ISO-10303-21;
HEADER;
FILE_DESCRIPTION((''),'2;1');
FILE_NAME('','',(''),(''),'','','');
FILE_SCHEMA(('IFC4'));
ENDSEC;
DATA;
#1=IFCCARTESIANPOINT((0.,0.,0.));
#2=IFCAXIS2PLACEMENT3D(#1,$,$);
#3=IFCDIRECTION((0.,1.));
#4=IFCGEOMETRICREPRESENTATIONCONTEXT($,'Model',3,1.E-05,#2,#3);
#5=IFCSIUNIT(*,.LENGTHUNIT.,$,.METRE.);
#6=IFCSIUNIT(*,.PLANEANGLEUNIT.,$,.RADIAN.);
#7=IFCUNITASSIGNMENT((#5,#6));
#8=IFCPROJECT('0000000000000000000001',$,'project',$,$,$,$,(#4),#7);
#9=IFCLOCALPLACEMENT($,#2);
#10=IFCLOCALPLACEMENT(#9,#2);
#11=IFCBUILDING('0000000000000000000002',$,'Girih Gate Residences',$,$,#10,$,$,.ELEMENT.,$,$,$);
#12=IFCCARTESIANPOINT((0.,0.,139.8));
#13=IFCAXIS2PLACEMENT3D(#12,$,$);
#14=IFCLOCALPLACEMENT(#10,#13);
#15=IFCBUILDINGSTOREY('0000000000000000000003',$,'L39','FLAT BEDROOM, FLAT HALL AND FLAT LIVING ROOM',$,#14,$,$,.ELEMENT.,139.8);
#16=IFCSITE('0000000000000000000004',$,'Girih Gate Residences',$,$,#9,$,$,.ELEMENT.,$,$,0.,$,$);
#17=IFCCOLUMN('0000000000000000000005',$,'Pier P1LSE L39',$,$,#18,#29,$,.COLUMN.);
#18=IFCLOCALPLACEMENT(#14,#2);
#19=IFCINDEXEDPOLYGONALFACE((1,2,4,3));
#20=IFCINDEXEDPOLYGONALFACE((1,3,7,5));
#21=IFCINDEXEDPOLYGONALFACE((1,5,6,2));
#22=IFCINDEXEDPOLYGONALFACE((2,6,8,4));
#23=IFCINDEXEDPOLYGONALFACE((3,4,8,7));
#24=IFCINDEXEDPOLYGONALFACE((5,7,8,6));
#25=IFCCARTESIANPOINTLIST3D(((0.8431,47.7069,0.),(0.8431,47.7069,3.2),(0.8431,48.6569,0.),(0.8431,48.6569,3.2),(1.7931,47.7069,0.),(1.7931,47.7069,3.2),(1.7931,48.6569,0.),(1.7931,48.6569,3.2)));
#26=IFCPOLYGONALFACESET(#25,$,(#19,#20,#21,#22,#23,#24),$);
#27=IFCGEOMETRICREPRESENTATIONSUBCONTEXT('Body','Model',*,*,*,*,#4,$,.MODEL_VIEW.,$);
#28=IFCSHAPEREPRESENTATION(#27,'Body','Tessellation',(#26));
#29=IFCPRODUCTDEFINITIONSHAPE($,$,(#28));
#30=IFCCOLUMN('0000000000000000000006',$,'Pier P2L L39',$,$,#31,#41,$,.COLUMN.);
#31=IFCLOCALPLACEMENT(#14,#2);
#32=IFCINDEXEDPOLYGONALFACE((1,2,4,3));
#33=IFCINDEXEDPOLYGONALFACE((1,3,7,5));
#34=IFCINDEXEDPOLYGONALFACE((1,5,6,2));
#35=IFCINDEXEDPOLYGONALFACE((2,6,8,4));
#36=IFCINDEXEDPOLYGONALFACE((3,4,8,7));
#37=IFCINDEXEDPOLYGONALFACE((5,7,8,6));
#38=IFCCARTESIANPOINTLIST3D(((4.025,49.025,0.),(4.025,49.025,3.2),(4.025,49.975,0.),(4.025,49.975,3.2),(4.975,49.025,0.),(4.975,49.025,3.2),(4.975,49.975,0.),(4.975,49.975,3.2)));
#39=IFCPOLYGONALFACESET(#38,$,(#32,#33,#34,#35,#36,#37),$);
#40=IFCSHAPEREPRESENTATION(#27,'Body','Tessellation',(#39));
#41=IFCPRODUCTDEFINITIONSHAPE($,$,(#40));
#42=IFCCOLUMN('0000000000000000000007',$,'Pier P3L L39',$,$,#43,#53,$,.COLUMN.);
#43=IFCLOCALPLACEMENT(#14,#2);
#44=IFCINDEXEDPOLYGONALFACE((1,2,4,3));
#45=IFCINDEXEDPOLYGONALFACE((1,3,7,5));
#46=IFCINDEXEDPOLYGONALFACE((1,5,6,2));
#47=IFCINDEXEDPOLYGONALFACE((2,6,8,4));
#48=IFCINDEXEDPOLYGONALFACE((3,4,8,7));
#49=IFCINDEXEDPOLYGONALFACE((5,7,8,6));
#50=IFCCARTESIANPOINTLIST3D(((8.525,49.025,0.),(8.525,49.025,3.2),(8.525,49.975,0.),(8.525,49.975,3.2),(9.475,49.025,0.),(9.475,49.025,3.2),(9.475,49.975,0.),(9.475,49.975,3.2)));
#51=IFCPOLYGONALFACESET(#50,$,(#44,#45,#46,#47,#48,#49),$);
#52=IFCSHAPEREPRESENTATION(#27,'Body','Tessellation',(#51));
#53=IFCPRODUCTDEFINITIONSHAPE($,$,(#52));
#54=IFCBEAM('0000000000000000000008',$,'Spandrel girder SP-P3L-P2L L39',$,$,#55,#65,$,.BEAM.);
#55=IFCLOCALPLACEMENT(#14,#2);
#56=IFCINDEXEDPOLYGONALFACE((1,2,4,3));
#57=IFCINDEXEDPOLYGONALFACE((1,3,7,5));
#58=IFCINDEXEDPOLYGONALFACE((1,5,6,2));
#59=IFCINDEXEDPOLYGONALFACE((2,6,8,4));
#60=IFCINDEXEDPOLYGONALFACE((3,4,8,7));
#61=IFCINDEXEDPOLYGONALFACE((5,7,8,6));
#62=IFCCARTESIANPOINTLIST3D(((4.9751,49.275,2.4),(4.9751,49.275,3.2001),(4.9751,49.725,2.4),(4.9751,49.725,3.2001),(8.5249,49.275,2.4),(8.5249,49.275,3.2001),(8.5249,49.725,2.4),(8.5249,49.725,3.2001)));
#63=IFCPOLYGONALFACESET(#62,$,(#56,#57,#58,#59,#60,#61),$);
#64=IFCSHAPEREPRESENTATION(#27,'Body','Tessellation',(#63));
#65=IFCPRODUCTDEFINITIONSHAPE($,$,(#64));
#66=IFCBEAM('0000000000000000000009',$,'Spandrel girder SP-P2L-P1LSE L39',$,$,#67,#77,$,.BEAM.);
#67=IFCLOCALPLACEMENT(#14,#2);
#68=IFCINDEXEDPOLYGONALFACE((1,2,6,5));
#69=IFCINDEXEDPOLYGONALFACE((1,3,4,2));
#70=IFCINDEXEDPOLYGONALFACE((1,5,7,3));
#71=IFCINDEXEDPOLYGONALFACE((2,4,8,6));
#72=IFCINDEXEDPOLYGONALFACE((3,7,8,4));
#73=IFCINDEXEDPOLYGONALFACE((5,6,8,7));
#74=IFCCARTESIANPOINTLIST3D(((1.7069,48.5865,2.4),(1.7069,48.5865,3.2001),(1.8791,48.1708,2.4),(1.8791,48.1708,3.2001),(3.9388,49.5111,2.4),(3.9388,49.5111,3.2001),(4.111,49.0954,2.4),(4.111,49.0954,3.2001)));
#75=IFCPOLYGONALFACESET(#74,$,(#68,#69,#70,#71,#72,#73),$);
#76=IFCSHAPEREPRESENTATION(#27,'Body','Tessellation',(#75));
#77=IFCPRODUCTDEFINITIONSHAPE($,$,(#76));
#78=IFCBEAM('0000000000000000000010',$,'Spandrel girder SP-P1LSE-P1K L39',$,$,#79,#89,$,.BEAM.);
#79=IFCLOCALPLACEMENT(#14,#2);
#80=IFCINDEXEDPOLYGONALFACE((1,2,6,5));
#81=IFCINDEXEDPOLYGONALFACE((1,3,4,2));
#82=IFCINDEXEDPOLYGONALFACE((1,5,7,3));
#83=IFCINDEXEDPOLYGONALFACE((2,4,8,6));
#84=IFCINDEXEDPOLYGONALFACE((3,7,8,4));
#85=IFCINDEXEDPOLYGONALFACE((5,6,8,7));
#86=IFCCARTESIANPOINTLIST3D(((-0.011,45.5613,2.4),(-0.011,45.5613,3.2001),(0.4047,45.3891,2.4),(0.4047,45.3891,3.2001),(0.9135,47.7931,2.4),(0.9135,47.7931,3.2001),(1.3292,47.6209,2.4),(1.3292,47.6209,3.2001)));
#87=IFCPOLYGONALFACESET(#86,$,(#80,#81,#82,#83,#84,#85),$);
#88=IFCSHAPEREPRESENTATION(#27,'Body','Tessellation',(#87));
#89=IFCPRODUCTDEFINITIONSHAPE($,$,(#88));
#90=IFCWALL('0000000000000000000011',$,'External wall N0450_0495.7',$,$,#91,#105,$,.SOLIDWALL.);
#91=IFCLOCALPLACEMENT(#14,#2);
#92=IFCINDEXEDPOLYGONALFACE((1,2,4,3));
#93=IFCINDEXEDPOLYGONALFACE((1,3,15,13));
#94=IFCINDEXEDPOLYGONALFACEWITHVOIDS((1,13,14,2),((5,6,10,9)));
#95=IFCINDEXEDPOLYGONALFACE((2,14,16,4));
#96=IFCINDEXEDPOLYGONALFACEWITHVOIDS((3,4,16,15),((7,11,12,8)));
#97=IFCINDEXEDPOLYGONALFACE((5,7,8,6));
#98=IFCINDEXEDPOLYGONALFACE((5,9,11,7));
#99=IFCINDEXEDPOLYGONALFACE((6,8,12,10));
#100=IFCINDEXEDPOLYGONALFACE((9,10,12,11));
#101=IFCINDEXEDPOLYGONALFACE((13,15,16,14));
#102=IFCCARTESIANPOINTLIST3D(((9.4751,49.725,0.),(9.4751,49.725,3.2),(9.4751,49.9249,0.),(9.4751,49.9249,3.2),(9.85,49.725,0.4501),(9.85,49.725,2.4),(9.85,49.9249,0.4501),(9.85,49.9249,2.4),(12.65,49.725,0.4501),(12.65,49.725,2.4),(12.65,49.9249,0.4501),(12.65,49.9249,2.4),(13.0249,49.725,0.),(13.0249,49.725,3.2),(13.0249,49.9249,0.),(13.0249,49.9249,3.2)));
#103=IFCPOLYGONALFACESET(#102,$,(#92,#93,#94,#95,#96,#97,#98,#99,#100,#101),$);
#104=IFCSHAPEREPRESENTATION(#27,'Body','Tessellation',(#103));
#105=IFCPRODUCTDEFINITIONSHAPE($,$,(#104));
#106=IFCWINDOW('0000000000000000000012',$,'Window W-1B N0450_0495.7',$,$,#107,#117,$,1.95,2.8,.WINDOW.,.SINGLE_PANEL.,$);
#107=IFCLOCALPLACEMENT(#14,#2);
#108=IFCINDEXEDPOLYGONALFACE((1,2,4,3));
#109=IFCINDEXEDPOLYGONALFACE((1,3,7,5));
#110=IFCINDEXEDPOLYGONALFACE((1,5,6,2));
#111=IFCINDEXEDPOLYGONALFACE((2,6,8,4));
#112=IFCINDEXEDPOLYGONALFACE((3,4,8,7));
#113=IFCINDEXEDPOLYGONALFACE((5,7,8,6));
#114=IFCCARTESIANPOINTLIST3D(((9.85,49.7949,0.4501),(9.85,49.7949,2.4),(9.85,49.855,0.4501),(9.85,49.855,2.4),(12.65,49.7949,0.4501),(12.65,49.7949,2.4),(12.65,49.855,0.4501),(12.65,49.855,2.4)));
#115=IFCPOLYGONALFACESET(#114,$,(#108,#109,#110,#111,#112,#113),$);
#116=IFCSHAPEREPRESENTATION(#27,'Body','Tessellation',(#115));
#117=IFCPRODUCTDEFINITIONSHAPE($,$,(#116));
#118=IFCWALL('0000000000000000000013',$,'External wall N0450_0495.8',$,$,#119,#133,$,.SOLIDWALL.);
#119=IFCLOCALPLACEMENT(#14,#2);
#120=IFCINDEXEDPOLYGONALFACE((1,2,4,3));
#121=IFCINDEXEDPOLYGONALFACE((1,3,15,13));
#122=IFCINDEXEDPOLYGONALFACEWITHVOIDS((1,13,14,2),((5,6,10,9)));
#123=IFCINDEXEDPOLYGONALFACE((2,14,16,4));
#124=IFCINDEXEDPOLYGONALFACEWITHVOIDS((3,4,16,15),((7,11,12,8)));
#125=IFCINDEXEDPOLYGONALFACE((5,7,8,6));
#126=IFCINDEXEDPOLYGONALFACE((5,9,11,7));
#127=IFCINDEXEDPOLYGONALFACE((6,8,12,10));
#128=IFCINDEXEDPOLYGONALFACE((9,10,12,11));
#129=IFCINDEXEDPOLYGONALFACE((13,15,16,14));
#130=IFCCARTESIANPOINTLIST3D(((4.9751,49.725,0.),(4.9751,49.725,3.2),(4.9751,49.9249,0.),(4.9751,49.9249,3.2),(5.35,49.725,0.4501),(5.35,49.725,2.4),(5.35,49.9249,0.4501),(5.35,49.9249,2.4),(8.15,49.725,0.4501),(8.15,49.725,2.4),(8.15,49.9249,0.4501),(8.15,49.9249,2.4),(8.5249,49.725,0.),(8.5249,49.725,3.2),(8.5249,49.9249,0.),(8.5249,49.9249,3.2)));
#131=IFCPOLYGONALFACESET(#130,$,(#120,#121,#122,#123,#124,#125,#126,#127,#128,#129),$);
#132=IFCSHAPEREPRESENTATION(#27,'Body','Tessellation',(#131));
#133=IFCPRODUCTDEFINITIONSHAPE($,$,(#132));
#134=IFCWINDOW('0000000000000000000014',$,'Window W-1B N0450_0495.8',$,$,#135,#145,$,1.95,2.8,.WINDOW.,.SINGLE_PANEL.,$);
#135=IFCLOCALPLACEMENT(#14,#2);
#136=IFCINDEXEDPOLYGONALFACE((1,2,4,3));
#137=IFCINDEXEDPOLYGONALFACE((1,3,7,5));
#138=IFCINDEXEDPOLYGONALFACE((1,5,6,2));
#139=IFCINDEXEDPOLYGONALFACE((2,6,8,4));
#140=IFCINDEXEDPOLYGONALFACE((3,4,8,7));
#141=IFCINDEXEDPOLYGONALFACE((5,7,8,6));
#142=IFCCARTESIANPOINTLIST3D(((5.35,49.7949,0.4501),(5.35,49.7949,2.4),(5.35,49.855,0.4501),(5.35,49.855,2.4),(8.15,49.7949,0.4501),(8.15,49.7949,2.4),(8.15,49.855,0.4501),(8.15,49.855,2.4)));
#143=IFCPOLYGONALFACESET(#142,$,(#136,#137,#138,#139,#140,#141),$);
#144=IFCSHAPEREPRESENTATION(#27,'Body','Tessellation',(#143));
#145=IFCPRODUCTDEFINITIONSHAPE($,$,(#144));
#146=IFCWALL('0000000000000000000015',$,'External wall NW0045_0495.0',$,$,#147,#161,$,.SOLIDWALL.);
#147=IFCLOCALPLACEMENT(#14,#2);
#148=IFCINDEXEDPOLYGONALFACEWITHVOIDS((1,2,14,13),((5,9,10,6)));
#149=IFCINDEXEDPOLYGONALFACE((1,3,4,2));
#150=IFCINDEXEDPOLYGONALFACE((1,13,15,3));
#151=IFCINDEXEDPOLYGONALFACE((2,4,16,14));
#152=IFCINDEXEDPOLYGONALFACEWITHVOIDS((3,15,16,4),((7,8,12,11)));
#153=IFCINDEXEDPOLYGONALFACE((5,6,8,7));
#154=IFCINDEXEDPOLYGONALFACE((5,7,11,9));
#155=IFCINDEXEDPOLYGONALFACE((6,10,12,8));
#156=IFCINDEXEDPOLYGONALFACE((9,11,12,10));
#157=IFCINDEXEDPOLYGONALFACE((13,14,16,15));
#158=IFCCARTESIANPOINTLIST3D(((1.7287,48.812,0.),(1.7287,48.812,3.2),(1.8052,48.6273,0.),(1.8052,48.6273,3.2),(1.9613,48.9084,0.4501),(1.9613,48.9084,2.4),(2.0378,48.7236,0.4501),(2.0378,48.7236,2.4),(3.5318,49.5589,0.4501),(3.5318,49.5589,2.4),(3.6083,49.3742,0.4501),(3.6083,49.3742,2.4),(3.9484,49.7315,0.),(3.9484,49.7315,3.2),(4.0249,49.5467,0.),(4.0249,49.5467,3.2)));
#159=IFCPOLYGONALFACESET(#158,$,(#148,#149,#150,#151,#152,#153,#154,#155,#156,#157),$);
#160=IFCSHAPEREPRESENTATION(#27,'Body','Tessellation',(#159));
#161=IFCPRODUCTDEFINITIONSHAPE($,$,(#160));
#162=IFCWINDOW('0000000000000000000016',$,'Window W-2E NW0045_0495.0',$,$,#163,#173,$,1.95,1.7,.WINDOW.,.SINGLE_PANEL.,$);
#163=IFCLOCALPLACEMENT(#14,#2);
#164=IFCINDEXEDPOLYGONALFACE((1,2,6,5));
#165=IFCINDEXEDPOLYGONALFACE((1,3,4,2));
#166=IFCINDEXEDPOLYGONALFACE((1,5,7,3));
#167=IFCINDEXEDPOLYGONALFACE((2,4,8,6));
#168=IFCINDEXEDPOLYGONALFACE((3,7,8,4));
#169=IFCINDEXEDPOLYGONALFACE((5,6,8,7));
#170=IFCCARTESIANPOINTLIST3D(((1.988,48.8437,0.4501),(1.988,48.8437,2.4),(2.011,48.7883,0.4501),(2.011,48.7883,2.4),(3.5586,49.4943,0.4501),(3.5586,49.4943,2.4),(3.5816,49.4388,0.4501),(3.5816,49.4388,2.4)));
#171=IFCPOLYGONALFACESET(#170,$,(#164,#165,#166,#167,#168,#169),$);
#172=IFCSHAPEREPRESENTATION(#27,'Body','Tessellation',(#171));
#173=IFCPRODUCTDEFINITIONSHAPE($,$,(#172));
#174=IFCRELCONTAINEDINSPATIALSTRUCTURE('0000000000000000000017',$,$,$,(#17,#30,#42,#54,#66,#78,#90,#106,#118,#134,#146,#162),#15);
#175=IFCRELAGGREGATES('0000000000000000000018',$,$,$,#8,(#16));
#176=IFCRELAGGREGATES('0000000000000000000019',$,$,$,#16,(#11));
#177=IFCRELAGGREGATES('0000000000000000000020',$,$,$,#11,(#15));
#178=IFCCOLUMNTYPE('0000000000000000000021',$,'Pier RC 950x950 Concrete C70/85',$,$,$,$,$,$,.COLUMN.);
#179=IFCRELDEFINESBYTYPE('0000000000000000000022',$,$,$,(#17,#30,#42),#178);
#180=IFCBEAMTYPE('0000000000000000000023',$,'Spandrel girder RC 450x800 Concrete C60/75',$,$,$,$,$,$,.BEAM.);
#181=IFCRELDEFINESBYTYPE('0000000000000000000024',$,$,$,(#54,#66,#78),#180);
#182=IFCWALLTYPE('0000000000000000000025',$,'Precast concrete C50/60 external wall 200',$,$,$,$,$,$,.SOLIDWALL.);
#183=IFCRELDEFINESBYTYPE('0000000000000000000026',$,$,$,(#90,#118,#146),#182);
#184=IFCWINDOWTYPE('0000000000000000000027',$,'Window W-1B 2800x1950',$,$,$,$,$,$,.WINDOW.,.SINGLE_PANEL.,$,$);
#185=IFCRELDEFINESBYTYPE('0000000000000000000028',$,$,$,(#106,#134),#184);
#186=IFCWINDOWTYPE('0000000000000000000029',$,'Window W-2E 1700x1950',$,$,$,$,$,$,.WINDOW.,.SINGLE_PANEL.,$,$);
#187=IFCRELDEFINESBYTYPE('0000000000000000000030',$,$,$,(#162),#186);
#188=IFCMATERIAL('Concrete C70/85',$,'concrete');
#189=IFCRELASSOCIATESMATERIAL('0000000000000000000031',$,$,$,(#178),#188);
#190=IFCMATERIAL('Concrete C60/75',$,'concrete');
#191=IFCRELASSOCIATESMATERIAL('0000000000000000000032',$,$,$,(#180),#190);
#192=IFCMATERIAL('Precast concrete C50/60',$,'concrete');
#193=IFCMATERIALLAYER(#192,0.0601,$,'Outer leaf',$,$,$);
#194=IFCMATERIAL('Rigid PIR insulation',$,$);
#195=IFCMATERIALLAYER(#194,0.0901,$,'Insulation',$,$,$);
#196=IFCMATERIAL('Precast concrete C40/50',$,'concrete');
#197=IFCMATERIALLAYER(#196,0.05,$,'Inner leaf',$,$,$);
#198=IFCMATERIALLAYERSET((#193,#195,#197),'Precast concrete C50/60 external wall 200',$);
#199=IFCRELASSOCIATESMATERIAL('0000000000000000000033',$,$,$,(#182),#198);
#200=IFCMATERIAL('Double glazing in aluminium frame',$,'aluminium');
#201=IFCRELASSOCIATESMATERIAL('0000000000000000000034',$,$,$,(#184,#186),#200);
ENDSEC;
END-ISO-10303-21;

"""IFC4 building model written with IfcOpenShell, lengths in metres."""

from ifc_helpers import new_model, si_unit, direction, frame, frame_2d, origin, origin_2d, place, context, subcontext, project, spatial, rectangle, extrude, material, layer, layer_set, material_profile, profile_set, type_object, element, fill, save


model = new_model("IFC4")

# Units and contexts
model_context = context("Model", 3, precision=1e-05, world=origin(), true_north=direction((0.0, 1.0)))
body_context = subcontext(model_context, "Body", "Model", "MODEL_VIEW")
ifc_project = project(units=[si_unit("LENGTHUNIT", "METRE"), si_unit("PLANEANGLEUNIT", "RADIAN")], contexts=[model_context])

# Site, building, storey
site_placement = place(None, origin())
site = spatial("IfcSite", under=ifc_project, at=site_placement, Name="Girih Gate Residences", CompositionType="ELEMENT", RefElevation=0.0)
building_placement = place(site_placement, origin())
building = spatial("IfcBuilding", under=site, at=building_placement, Name="Girih Gate Residences", CompositionType="ELEMENT")
storey_placement = place(building_placement, frame((0.0, 0.0, 139.8)))
storey = spatial("IfcBuildingStorey", under=building, at=storey_placement, Name="L39", Description="FLAT BEDROOM, FLAT HALL AND FLAT LIVING ROOM", CompositionType="ELEMENT", Elevation=139.8)

# Columns
ifc_material_1 = material(Name="Concrete C70/85", Category="concrete")
ifc_material_profile_1 = material_profile(ifc_material_1, rectangle(XDim=0.95, YDim=0.95, at=origin_2d()))
ifc_profile_set_1 = profile_set([ifc_material_profile_1], Name="Concrete C70/85")
column_type = type_object("IfcColumnType", Name="Pier RC 950x950 Concrete C70/85", PredefinedType="COLUMN", material=ifc_profile_set_1)
for number, where, z_axis, x_axis, name in (
    (1, (1.3181, 48.1819, 0.0), (0.0, 0.0, 1.0), (1.0, 0.0, 0.0), "Pier P1LSE L39"),
    (2, (4.5, 49.5, 0.0), (0.0, 0.0, 1.0), (1.0, 0.0, 0.0), "Pier P2L L39"),
    (3, (9.0, 49.5, 0.0), (0.0, 0.0, 1.0), (1.0, 0.0, 0.0), "Pier P3L L39"),
):
    element("IfcColumn", number, at=place(storey_placement, frame(where, z_axis=z_axis, x_axis=x_axis)), inside=storey, type_object=column_type, Name=name, PredefinedType="COLUMN", context=body_context, shape_type="SweptSolid", body=[
        extrude(rectangle(XDim=0.95, YDim=0.95, at=origin_2d()), origin(), (0.0, 0.0, 1.0), 3.2),
    ])

# Beams
ifc_material_2 = material(Name="Concrete C60/75", Category="concrete")
ifc_material_profile_2 = material_profile(ifc_material_2, rectangle(XDim=0.45, YDim=0.8, at=origin_2d()))
ifc_profile_set_2 = profile_set([ifc_material_profile_2], Name="Concrete C60/75")
beam_type = type_object("IfcBeamType", Name="Spandrel girder RC 450x800 Concrete C60/75", PredefinedType="BEAM", material=ifc_profile_set_2)
beam_placement = place(storey_placement, frame((8.5249, 49.5, 2.8), z_axis=(-1.0, 0.0, 0.0), x_axis=(0.0, -1.0, 0.0)))
element("IfcBeam", 4, at=beam_placement, inside=storey, type_object=beam_type, Name="Spandrel girder SP-P3L-P2L L39", PredefinedType="BEAM", context=body_context, shape_type="SweptSolid", body=[
    extrude(rectangle(XDim=0.45, YDim=0.8, at=origin_2d()), origin(), (0.0, 0.0, 1.0), 3.5498),
])
for number, where, z_axis, x_axis, name in (
    (5, (4.0249, 49.3032, 2.8), (-0.92387, -0.382706, 0.0), (0.382706, -0.92387, 0.0), "Spandrel girder SP-P2L-P1LSE L39"),
    (6, (1.1213, 47.707, 2.8), (-0.382706, -0.92387, 0.0), (0.92387, -0.382706, 0.0), "Spandrel girder SP-P1LSE-P1K L39"),
):
    element("IfcBeam", number, at=place(storey_placement, frame(where, z_axis=z_axis, x_axis=x_axis)), inside=storey, type_object=beam_type, Name=name, PredefinedType="BEAM", context=body_context, shape_type="SweptSolid", body=[
        extrude(rectangle(XDim=0.45, YDim=0.8, at=origin_2d()), origin(), (0.0, 0.0, 1.0), 2.4158),
    ])

# Walls, openings, windows
ifc_material_3 = material(Name="Precast concrete C50/60", Category="concrete")
ifc_layer_1 = layer(ifc_material_3, 0.0601, Name="Outer leaf")
ifc_material_4 = material(Name="Rigid PIR insulation")
ifc_layer_2 = layer(ifc_material_4, 0.0901, Name="Insulation")
ifc_material_5 = material(Name="Precast concrete C40/50", Category="concrete")
ifc_layer_3 = layer(ifc_material_5, 0.05, Name="Inner leaf")
ifc_layer_set = layer_set([ifc_layer_1, ifc_layer_2, ifc_layer_3], Name="Precast concrete C50/60 external wall 200")
wall_type = type_object("IfcWallType", Name="Precast concrete C50/60 external wall 200", PredefinedType="SOLIDWALL", material=ifc_layer_set)
wall_1_placement = place(storey_placement, frame((9.4751, 49.825, 0.0), z_axis=(0.0, 0.0, 1.0), x_axis=(1.0, 0.0, 0.0)))
wall_1 = element("IfcWall", 7, at=wall_1_placement, inside=storey, type_object=wall_type, Name="External wall N0450_0495.7", PredefinedType="SOLIDWALL", context=body_context, shape_type="SweptSolid", body=[
    extrude(rectangle(XDim=3.5498, YDim=0.2, at=frame_2d((1.7749, 0.0))), origin(), (0.0, 0.0, 1.0), 3.2),
])
opening_1_placement = place(wall_1_placement, frame((0.375, 0.0, 0.45)))
opening_1 = element("IfcOpeningElement", 8, at=opening_1_placement, cuts=wall_1, PredefinedType="OPENING", context=body_context, shape_type="SweptSolid", body=[
    extrude(rectangle(XDim=2.8, YDim=1.95, at=frame_2d((1.3999, 0.9751))), frame((0.0, 0.1099, 0.0), z_axis=(0.0, -1.0, 0.0), x_axis=(1.0, 0.0, 0.0)), (0.0, 0.0, 1.0), 0.22),
])
ifc_material_6 = material(Name="Double glazing in aluminium frame", Category="aluminium")
window_type_1 = type_object("IfcWindowType", Name="Window W-1B 2800x1950", PartitioningType="SINGLE_PANEL", PredefinedType="WINDOW", material=ifc_material_6)
window_1_placement = place(opening_1_placement, origin())
window_1 = element("IfcWindow", 9, at=window_1_placement, inside=storey, type_object=window_type_1, Name="Window W-1B N0450_0495.7", OverallHeight=1.95, OverallWidth=2.8, PartitioningType="SINGLE_PANEL", PredefinedType="WINDOW", context=body_context, shape_type="SweptSolid", body=[
    extrude(rectangle(XDim=2.8, YDim=1.95, at=frame_2d((1.3999, 0.9751))), frame((0.0, 0.03, 0.0), z_axis=(0.0, -1.0, 0.0), x_axis=(1.0, 0.0, 0.0)), (0.0, 0.0, 1.0), 0.0601),
])
fill(opening_1, window_1)
wall_2_placement = place(storey_placement, frame((4.9751, 49.825, 0.0), z_axis=(0.0, 0.0, 1.0), x_axis=(1.0, 0.0, 0.0)))
wall_2 = element("IfcWall", 10, at=wall_2_placement, inside=storey, type_object=wall_type, Name="External wall N0450_0495.8", PredefinedType="SOLIDWALL", context=body_context, shape_type="SweptSolid", body=[
    extrude(rectangle(XDim=3.5498, YDim=0.2, at=frame_2d((1.7749, 0.0))), origin(), (0.0, 0.0, 1.0), 3.2),
])
opening_2_placement = place(wall_2_placement, frame((0.375, 0.0, 0.45)))
opening_2 = element("IfcOpeningElement", 11, at=opening_2_placement, cuts=wall_2, PredefinedType="OPENING", context=body_context, shape_type="SweptSolid", body=[
    extrude(rectangle(XDim=2.8, YDim=1.95, at=frame_2d((1.3999, 0.9751))), frame((0.0, 0.1099, 0.0), z_axis=(0.0, -1.0, 0.0), x_axis=(1.0, 0.0, 0.0)), (0.0, 0.0, 1.0), 0.22),
])
window_2_placement = place(opening_2_placement, origin())
window_2 = element("IfcWindow", 12, at=window_2_placement, inside=storey, type_object=window_type_1, Name="Window W-1B N0450_0495.8", OverallHeight=1.95, OverallWidth=2.8, PartitioningType="SINGLE_PANEL", PredefinedType="WINDOW", context=body_context, shape_type="SweptSolid", body=[
    extrude(rectangle(XDim=2.8, YDim=1.95, at=frame_2d((1.3999, 0.9751))), frame((0.0, 0.03, 0.0), z_axis=(0.0, -1.0, 0.0), x_axis=(1.0, 0.0, 0.0)), (0.0, 0.0, 1.0), 0.0601),
])
fill(opening_2, window_2)
wall_3_placement = place(storey_placement, frame((1.7671, 48.7197, 0.0), z_axis=(0.0, 0.0, 1.0), x_axis=(0.923881, 0.382681, 0.0)))
wall_3 = element("IfcWall", 13, at=wall_3_placement, inside=storey, type_object=wall_type, Name="External wall NW0045_0495.0", PredefinedType="SOLIDWALL", context=body_context, shape_type="SweptSolid", body=[
    extrude(rectangle(XDim=2.4026, YDim=0.2, at=frame_2d((1.2012, 0.0))), origin(), (0.0, 0.0, 1.0), 3.2),
])
opening_3_placement = place(wall_3_placement, frame((0.2515, 0.0, 0.45)))
opening_3 = element("IfcOpeningElement", 14, at=opening_3_placement, cuts=wall_3, PredefinedType="OPENING", context=body_context, shape_type="SweptSolid", body=[
    extrude(rectangle(XDim=1.7, YDim=1.95, at=frame_2d((0.8501, 0.9751))), frame((0.0, 0.1099, 0.0), z_axis=(0.0, -1.0, 0.0), x_axis=(1.0, 0.0, 0.0)), (0.0, 0.0, 1.0), 0.22),
])
window_type_2 = type_object("IfcWindowType", Name="Window W-2E 1700x1950", PartitioningType="SINGLE_PANEL", PredefinedType="WINDOW", material=ifc_material_6)
window_3_placement = place(opening_3_placement, origin())
window_3 = element("IfcWindow", 15, at=window_3_placement, inside=storey, type_object=window_type_2, Name="Window W-2E NW0045_0495.0", OverallHeight=1.95, OverallWidth=1.7, PartitioningType="SINGLE_PANEL", PredefinedType="WINDOW", context=body_context, shape_type="SweptSolid", body=[
    extrude(rectangle(XDim=1.7, YDim=1.95, at=frame_2d((0.8501, 0.9751))), frame((0.0, 0.03, 0.0), z_axis=(0.0, -1.0, 0.0), x_axis=(1.0, 0.0, 0.0)), (0.0, 0.0, 1.0), 0.0601),
])
fill(opening_3, window_3)

save(model, "model.ifc")
